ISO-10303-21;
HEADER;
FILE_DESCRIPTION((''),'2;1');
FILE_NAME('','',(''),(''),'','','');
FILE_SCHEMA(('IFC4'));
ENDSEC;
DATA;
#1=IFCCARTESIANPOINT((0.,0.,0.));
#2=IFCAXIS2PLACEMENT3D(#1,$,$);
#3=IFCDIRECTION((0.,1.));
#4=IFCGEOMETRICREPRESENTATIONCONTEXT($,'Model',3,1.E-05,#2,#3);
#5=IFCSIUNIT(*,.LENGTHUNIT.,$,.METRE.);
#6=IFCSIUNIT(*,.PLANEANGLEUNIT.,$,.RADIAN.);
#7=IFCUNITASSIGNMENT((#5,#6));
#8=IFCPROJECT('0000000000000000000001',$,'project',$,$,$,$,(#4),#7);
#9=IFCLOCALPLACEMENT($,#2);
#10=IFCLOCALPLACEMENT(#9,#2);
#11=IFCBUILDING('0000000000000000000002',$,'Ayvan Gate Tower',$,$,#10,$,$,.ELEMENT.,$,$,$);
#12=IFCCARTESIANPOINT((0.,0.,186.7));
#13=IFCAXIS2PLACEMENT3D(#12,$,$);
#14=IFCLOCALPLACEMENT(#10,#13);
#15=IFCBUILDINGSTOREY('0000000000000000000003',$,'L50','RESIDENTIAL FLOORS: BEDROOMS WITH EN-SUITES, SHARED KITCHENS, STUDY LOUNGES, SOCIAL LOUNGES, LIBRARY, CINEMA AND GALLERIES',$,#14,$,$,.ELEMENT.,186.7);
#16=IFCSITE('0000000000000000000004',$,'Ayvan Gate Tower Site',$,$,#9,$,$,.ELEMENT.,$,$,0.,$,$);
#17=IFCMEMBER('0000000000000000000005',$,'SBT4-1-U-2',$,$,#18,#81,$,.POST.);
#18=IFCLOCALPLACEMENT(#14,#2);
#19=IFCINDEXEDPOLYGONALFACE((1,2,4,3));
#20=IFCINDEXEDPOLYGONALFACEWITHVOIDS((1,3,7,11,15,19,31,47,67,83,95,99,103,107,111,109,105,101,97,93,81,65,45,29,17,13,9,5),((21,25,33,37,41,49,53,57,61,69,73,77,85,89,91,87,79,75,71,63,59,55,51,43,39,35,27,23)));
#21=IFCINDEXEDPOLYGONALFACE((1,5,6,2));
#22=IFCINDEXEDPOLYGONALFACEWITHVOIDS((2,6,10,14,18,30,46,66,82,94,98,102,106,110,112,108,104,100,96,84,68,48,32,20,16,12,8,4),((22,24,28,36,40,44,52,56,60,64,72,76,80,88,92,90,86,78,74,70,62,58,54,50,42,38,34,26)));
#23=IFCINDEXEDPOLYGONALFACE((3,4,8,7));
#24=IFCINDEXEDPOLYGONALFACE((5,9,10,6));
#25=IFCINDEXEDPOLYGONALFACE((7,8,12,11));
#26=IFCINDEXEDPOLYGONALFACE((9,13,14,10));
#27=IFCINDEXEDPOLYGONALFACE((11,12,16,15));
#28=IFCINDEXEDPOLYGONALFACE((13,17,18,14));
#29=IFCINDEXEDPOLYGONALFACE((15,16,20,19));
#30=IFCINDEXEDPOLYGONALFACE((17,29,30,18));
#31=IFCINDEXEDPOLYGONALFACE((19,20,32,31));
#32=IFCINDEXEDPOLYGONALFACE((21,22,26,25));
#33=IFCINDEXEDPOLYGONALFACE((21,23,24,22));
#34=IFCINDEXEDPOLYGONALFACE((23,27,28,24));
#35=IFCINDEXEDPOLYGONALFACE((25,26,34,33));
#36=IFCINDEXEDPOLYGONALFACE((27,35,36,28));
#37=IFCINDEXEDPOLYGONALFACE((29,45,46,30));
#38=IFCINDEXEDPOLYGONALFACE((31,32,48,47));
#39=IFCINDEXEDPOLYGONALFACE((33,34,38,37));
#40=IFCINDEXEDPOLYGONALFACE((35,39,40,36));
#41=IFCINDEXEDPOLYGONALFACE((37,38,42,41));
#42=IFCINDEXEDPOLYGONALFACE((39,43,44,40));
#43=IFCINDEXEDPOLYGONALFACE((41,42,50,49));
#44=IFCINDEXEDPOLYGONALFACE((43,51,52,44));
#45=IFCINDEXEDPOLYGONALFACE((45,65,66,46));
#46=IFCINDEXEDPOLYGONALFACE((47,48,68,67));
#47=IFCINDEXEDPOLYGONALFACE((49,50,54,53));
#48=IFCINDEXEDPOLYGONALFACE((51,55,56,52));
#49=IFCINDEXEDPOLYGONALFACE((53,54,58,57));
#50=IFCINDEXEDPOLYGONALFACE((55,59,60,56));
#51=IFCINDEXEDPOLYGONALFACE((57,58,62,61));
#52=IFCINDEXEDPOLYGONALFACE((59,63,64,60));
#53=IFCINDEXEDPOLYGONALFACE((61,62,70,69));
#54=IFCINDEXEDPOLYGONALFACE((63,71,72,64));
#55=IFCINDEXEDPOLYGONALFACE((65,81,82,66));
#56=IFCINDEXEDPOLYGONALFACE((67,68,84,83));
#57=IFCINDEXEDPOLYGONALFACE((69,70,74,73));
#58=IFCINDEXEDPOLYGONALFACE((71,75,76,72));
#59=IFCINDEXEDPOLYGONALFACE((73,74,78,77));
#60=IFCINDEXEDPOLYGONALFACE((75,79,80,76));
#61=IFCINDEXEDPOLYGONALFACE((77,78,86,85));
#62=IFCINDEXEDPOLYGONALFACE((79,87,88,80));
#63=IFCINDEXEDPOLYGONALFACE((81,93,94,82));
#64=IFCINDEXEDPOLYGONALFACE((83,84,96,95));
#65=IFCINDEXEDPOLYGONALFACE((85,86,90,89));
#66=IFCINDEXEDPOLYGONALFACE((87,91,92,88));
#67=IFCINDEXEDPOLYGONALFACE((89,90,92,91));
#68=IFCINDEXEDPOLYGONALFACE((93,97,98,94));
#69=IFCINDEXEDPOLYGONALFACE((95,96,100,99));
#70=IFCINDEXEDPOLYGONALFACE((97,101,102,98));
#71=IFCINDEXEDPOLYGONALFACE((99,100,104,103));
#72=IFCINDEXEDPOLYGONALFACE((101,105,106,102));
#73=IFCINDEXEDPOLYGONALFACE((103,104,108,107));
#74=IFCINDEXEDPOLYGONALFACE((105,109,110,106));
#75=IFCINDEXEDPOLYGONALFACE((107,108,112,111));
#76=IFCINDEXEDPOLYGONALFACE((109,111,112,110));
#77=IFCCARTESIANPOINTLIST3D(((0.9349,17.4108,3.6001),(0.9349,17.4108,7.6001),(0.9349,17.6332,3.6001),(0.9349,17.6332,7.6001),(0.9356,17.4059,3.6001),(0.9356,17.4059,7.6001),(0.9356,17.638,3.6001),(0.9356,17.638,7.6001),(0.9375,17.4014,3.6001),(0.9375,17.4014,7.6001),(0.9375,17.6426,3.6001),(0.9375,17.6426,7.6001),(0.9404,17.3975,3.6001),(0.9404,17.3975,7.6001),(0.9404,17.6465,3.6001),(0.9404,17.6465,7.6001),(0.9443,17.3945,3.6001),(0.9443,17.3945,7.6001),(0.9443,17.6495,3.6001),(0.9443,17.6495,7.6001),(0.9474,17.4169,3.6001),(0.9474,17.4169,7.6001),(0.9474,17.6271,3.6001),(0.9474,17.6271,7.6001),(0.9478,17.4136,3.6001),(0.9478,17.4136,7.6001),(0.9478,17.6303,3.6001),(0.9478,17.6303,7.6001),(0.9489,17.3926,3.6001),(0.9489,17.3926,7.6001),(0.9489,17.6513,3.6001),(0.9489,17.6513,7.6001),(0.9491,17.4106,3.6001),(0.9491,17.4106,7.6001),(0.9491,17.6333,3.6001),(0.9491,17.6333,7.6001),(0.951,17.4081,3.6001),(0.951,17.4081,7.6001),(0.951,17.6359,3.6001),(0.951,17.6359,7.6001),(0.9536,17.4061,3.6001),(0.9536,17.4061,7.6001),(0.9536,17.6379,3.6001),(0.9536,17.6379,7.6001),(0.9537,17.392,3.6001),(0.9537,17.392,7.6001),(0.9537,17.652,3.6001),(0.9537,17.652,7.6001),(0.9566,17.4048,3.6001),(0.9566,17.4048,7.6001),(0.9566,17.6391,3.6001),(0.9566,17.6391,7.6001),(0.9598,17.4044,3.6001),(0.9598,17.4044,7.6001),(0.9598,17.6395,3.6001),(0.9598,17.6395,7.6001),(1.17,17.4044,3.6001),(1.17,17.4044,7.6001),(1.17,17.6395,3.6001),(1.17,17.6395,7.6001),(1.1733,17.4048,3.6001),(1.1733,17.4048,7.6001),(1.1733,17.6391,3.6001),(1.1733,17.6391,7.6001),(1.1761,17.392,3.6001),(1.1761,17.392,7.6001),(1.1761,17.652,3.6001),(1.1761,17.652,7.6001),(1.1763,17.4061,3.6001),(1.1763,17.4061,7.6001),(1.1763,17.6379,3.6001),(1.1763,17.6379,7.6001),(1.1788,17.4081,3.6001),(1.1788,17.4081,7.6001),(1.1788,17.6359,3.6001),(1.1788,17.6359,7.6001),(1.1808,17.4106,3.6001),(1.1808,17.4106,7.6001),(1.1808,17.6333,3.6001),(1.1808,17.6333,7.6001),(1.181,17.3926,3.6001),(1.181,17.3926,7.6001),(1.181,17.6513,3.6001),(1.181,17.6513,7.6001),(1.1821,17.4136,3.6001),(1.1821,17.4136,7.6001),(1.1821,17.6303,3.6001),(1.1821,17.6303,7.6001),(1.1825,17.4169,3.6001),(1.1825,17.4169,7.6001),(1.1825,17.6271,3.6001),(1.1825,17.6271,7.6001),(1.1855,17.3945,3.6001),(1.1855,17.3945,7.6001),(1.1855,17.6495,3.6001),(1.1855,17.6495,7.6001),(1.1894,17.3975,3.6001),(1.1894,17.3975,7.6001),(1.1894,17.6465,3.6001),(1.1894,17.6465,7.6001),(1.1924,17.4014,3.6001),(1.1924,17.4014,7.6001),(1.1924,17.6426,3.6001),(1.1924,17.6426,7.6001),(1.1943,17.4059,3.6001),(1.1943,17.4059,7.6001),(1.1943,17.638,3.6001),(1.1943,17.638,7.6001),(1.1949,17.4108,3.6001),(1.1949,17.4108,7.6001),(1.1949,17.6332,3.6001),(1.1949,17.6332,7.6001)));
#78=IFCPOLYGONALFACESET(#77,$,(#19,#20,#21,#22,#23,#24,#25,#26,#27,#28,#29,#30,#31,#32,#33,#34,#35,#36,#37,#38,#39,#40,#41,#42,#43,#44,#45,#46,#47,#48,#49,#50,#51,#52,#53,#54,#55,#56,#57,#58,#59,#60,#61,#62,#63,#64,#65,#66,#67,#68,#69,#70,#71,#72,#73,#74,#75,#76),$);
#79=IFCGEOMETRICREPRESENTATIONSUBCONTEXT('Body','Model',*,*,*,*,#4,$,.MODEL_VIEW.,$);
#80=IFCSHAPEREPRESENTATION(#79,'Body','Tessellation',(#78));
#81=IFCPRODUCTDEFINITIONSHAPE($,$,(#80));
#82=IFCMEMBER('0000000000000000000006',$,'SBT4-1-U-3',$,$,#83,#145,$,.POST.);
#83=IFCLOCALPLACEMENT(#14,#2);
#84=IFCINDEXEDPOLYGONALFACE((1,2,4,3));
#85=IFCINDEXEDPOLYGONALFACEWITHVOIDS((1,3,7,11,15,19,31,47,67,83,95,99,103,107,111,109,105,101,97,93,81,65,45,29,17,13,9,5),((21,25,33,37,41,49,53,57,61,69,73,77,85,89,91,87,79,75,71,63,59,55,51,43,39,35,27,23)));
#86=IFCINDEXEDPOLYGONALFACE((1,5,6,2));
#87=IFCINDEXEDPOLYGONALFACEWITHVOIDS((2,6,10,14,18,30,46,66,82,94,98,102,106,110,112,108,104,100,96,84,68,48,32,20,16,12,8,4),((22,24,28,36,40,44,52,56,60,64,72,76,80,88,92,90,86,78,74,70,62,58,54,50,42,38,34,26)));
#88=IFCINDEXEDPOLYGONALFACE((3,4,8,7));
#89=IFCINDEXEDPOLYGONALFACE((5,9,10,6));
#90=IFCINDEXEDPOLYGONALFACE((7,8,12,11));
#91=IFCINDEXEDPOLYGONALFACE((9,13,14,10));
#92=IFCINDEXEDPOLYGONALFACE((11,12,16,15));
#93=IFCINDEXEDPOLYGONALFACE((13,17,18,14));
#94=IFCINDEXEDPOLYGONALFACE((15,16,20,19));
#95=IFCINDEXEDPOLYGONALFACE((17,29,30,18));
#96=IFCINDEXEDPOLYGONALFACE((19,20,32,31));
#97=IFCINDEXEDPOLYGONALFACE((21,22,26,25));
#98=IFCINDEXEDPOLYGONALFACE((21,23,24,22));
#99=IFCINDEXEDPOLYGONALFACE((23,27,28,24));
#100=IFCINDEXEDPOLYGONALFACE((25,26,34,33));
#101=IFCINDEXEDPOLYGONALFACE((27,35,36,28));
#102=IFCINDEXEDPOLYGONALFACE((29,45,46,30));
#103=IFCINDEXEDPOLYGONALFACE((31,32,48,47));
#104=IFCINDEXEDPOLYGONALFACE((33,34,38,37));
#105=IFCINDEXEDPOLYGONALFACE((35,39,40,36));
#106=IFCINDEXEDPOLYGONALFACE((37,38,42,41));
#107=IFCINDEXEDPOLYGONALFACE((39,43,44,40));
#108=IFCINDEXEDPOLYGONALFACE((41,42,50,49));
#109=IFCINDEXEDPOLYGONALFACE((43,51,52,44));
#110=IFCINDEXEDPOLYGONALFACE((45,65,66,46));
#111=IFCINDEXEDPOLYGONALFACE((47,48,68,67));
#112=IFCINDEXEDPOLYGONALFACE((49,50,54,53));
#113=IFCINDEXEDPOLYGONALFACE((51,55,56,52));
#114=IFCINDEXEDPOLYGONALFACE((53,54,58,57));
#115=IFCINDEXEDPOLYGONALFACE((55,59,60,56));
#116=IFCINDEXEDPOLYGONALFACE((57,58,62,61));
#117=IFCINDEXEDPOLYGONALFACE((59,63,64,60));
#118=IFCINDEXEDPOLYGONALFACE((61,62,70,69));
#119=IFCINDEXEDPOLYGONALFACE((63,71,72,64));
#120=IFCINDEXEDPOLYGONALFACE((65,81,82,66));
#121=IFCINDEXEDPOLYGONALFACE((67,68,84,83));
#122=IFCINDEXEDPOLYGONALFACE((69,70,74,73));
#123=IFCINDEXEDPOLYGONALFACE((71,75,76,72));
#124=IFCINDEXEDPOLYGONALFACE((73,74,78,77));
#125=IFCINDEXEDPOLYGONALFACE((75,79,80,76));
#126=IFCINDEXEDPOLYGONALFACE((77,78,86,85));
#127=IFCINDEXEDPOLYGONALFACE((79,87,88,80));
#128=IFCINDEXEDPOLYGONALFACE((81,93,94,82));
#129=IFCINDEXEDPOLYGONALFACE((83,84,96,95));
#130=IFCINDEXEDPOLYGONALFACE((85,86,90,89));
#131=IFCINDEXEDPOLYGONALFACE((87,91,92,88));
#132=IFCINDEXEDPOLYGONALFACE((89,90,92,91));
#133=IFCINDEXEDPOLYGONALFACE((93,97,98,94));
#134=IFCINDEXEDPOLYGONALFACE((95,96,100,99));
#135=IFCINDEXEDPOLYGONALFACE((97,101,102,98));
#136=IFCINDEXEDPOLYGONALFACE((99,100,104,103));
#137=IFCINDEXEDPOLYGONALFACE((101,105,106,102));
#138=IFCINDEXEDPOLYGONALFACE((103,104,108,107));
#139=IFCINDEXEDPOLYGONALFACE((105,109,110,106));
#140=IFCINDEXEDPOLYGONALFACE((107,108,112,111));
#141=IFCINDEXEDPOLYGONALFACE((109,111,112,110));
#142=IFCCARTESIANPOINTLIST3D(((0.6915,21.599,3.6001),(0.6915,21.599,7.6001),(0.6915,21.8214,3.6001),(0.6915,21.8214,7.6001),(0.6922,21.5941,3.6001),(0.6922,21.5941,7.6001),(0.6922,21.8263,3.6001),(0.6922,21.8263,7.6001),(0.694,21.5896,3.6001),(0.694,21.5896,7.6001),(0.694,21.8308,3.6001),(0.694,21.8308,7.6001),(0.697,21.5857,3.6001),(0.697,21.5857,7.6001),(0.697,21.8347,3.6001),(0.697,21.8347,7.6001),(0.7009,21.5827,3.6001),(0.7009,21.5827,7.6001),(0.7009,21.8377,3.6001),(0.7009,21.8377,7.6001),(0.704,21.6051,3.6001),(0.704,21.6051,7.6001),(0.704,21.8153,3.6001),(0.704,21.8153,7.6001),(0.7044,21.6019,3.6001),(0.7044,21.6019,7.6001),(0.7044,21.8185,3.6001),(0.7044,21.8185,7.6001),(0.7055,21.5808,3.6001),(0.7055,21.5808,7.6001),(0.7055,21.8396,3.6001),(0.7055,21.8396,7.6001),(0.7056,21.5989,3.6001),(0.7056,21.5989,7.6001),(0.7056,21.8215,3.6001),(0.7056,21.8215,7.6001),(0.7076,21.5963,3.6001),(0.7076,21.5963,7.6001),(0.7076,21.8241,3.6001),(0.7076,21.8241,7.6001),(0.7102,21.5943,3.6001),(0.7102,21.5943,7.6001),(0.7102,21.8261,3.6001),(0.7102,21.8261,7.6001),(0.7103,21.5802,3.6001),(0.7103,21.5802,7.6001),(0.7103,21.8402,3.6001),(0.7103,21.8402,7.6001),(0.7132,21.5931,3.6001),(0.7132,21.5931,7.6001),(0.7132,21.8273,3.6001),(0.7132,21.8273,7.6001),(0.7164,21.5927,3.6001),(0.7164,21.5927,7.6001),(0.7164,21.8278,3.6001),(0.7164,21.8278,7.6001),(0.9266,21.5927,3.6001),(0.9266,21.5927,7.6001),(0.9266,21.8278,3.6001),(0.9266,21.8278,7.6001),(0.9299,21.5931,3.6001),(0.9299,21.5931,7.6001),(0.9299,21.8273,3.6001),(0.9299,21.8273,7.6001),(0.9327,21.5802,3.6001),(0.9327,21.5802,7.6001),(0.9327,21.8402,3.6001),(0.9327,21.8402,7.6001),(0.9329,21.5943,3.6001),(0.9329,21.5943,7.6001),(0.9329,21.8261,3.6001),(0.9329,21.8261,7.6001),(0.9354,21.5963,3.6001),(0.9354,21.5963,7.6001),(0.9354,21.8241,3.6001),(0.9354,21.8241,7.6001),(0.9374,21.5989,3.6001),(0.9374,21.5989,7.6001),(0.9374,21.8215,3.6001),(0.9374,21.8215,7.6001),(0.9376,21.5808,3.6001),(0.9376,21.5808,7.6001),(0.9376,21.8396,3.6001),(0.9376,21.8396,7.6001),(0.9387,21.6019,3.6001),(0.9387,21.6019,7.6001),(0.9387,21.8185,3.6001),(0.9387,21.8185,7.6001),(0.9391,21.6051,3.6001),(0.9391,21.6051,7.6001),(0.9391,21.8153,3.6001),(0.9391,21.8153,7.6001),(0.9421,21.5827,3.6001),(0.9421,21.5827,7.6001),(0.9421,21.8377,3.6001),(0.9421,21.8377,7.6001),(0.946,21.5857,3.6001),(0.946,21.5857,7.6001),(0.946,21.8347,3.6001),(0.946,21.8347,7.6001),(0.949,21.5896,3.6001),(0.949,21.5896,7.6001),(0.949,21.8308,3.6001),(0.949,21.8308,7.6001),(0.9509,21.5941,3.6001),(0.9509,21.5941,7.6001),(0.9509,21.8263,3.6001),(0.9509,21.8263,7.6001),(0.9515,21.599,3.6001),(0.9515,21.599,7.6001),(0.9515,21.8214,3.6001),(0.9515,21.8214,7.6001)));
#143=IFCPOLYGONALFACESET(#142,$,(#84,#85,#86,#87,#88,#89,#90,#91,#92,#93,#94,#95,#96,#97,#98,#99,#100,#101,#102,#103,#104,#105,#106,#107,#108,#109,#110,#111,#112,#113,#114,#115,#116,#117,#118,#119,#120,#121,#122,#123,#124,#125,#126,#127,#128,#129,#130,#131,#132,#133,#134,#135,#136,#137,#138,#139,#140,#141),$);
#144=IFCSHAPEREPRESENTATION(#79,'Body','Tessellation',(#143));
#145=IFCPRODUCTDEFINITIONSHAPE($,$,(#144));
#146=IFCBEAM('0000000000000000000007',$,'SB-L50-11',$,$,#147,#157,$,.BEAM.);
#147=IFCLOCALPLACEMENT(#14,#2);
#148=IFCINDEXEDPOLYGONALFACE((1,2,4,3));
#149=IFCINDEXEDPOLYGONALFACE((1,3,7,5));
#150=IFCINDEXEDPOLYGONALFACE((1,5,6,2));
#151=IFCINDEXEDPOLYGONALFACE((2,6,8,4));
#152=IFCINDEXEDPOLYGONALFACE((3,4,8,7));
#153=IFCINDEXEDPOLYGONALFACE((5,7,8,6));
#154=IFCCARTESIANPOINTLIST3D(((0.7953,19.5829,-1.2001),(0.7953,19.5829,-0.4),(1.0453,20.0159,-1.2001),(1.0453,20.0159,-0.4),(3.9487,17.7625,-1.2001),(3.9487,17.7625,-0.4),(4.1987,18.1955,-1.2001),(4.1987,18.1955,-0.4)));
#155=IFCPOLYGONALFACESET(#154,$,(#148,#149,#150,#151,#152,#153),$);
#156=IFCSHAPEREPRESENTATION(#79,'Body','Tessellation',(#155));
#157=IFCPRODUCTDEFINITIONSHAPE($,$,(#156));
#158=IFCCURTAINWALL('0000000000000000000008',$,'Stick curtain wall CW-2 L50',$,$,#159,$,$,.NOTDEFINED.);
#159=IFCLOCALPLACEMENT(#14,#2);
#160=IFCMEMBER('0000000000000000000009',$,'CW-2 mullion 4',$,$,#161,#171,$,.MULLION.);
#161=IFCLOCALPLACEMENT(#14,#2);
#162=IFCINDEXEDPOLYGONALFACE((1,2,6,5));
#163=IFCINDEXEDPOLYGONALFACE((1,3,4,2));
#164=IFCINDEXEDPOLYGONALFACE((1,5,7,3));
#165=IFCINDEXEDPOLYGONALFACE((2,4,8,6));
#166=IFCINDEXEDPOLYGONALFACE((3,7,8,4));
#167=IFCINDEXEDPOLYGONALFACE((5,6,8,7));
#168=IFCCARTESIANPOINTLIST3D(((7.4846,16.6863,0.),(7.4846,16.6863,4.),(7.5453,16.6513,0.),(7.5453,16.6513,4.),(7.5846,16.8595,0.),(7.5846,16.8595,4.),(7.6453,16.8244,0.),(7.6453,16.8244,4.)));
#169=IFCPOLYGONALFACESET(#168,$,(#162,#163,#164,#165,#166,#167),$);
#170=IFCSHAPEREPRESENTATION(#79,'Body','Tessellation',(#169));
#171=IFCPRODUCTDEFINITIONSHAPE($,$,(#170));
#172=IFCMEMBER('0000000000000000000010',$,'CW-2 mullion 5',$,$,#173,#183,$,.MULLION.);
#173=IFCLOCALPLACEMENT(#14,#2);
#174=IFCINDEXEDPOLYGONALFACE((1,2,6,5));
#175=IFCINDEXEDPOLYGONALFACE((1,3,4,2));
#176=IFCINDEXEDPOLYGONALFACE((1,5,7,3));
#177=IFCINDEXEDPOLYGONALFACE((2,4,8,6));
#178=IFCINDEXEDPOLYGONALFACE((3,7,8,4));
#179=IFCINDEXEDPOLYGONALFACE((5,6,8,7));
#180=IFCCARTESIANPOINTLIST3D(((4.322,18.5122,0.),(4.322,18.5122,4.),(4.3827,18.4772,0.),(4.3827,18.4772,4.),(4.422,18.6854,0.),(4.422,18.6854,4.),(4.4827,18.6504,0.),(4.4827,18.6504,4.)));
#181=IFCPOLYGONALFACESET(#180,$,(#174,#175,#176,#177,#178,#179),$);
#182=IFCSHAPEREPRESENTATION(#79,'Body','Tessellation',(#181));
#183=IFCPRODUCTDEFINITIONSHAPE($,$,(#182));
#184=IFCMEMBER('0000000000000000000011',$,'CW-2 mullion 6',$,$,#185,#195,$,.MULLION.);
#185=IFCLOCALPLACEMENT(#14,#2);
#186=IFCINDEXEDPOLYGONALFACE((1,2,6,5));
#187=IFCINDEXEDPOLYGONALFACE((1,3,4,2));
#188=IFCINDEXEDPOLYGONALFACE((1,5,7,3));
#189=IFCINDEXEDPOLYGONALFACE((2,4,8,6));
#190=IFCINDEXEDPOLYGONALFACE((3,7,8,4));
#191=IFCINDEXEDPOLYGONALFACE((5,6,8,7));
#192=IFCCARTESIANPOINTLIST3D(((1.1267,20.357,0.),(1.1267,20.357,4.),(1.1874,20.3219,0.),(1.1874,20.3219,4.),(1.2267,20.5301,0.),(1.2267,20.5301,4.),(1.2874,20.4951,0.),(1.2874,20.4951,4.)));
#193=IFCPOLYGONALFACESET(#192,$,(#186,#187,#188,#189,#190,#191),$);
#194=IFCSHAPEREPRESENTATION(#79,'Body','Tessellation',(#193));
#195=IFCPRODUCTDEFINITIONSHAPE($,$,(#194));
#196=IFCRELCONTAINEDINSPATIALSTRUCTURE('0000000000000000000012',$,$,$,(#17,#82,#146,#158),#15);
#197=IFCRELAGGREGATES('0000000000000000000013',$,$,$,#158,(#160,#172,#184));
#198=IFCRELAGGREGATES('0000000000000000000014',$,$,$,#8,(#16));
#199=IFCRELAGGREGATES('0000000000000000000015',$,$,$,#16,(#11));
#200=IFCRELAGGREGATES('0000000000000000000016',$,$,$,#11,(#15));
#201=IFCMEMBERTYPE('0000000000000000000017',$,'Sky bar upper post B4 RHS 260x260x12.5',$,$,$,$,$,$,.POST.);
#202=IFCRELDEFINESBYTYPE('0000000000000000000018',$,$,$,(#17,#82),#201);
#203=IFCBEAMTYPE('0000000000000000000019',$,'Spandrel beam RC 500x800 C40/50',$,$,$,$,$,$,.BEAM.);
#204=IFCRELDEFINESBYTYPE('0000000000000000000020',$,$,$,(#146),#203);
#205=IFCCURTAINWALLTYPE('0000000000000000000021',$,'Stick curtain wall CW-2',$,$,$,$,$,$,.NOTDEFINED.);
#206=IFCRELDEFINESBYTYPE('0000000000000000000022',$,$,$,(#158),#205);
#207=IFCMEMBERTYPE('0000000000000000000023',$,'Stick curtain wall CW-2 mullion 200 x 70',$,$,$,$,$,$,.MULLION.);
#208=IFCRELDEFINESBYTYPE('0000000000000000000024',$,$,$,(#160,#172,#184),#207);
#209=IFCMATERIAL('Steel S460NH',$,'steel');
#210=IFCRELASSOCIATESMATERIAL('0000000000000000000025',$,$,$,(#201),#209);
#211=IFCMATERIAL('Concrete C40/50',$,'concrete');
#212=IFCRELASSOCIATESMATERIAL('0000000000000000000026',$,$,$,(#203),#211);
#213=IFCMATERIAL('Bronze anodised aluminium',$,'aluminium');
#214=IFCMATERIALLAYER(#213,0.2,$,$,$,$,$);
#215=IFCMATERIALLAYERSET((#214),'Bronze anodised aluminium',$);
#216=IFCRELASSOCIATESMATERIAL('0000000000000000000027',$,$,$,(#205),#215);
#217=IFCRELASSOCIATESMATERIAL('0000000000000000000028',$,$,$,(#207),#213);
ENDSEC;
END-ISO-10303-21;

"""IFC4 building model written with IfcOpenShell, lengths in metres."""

from ifc_helpers import new_model, si_unit, direction, frame, origin, origin_2d, place, context, subcontext, project, spatial, rectangle, hollow_rectangle, extrude, material, layer, layer_set, material_profile, profile_set, type_object, element, aggregate, save


model = new_model("IFC4")

# Units and contexts
model_context = context("Model", 3, precision=1e-05, world=origin(), true_north=direction((0.0, 1.0)))
body_context = subcontext(model_context, "Body", "Model", "MODEL_VIEW")
ifc_project = project(units=[si_unit("LENGTHUNIT", "METRE"), si_unit("PLANEANGLEUNIT", "RADIAN")], contexts=[model_context])

# Site, building, storey
site_placement = place(None, origin())
site = spatial("IfcSite", under=ifc_project, at=site_placement, Name="Ayvan Gate Tower Site", CompositionType="ELEMENT", RefElevation=0.0)
building_placement = place(site_placement, origin())
building = spatial("IfcBuilding", under=site, at=building_placement, Name="Ayvan Gate Tower", CompositionType="ELEMENT")
storey_placement = place(building_placement, frame((0.0, 0.0, 186.7)))
storey = spatial("IfcBuildingStorey", under=building, at=storey_placement, Name="L50", Description="RESIDENTIAL FLOORS: BEDROOMS WITH EN-SUITES, SHARED KITCHENS, STUDY LOUNGES, SOCIAL LOUNGES, LIBRARY, CINEMA AND GALLERIES", CompositionType="ELEMENT", Elevation=186.7)

# Shared definitions
ifc_material_1 = material(Name="Concrete C40/50", Category="concrete")

# Members
ifc_material_2 = material(Name="Steel S460NH", Category="steel")
ifc_material_profile_1 = material_profile(ifc_material_2, hollow_rectangle(XDim=0.26, YDim=0.26, WallThickness=0.0125, InnerFilletRadius=0.0125, OuterFilletRadius=0.0188, at=origin_2d()), Name="RHS 260x260x12.5")
ifc_profile_set_1 = profile_set([ifc_material_profile_1], Name="Steel S460NH")
member_type_1 = type_object("IfcMemberType", Name="Sky bar upper post B4 RHS 260x260x12.5", PredefinedType="POST", material=ifc_profile_set_1)
for number, where, z_axis, x_axis, name in (
    (1, (1.0649, 17.522, 3.6001), (0.0, 0.0, 1.0), (1.0, 0.0, 0.0), "SBT4-1-U-2"),
    (2, (0.8215, 21.7102, 3.6001), (0.0, 0.0, 1.0), (1.0, 0.0, 0.0), "SBT4-1-U-3"),
):
    element("IfcMember", number, at=place(storey_placement, frame(where, z_axis=z_axis, x_axis=x_axis)), inside=storey, type_object=member_type_1, Name=name, PredefinedType="POST", context=body_context, shape_type="SweptSolid", body=[
        extrude(hollow_rectangle(XDim=0.26, YDim=0.26, WallThickness=0.0125, InnerFilletRadius=0.0125, OuterFilletRadius=0.0188, at=origin_2d()), origin(), (0.0, 0.0, 1.0), 4.0),
    ])

# Beam
ifc_material_profile_2 = material_profile(ifc_material_1, rectangle(XDim=0.5, YDim=0.8, at=origin_2d()), Name="RC 500x800")
ifc_profile_set_2 = profile_set([ifc_material_profile_2], Name="Concrete C40/50")
beam_type_1 = type_object("IfcBeamType", Name="Spandrel beam RC 500x800 C40/50", PredefinedType="BEAM", material=ifc_profile_set_2)
beam_1_placement = place(storey_placement, frame((4.0737, 17.979, -0.8), z_axis=(-0.866056, 0.499947, 0.0), x_axis=(-0.499947, -0.866056, 0.0)))
element("IfcBeam", 3, at=beam_1_placement, inside=storey, type_object=beam_type_1, Name="SB-L50-11", PredefinedType="BEAM", context=body_context, shape_type="SweptSolid", body=[
    extrude(rectangle(XDim=0.5, YDim=0.8, at=origin_2d()), origin(), (0.0, 0.0, 1.0), 3.6411),
])

# Curtain wall, members
ifc_material_3 = material(Name="Bronze anodised aluminium", Category="aluminium")
ifc_layer_1 = layer(ifc_material_3, 0.2)
ifc_layer_set_1 = layer_set([ifc_layer_1], Name="Bronze anodised aluminium")
curtain_wall_type_1 = type_object("IfcCurtainWallType", Name="Stick curtain wall CW-2", PredefinedType="NOTDEFINED", material=ifc_layer_set_1)
curtain_wall_1_placement = place(storey_placement, origin())
curtain_wall_1 = element("IfcCurtainWall", 4, at=curtain_wall_1_placement, inside=storey, type_object=curtain_wall_type_1, Name="Stick curtain wall CW-2 L50", PredefinedType="NOTDEFINED")
ifc_material_profile_3 = material_profile(ifc_material_3, rectangle(XDim=0.2, YDim=0.0701, at=origin_2d()), Name="Stick curtain wall CW-2 mullion 200 x 70")
ifc_profile_set_3 = profile_set([ifc_material_profile_3], Name="Bronze anodised aluminium")
member_type_2 = type_object("IfcMemberType", Name="Stick curtain wall CW-2 mullion 200 x 70", PredefinedType="MULLION", material=ifc_profile_set_3)
member_1_placement = place(storey_placement, frame((7.5649, 16.7554, 0.0), z_axis=(0.0, 0.0, 1.0), x_axis=(0.5, 0.866025, 0.0)))
member_1 = element("IfcMember", 5, at=member_1_placement, type_object=member_type_2, Name="CW-2 mullion 4", PredefinedType="MULLION", context=body_context, shape_type="SweptSolid", body=[
    extrude(rectangle(XDim=0.2, YDim=0.0701, at=origin_2d()), origin(), (0.0, 0.0, 1.0), 4.0),
])
member_2_placement = place(storey_placement, frame((4.4023, 18.5813, 0.0), z_axis=(0.0, 0.0, 1.0), x_axis=(0.5, 0.866025, 0.0)))
member_2 = element("IfcMember", 6, at=member_2_placement, type_object=member_type_2, Name="CW-2 mullion 5", PredefinedType="MULLION", context=body_context, shape_type="SweptSolid", body=[
    extrude(rectangle(XDim=0.2, YDim=0.0701, at=origin_2d()), origin(), (0.0, 0.0, 1.0), 4.0),
])
member_3_placement = place(storey_placement, frame((1.207, 20.426, 0.0), z_axis=(0.0, 0.0, 1.0), x_axis=(0.5, 0.866025, 0.0)))
member_3 = element("IfcMember", 7, at=member_3_placement, type_object=member_type_2, Name="CW-2 mullion 6", PredefinedType="MULLION", context=body_context, shape_type="SweptSolid", body=[
    extrude(rectangle(XDim=0.2, YDim=0.0701, at=origin_2d()), origin(), (0.0, 0.0, 1.0), 4.0),
])

aggregate(curtain_wall_1, [member_1, member_2, member_3])

save(model, "model.ifc")
